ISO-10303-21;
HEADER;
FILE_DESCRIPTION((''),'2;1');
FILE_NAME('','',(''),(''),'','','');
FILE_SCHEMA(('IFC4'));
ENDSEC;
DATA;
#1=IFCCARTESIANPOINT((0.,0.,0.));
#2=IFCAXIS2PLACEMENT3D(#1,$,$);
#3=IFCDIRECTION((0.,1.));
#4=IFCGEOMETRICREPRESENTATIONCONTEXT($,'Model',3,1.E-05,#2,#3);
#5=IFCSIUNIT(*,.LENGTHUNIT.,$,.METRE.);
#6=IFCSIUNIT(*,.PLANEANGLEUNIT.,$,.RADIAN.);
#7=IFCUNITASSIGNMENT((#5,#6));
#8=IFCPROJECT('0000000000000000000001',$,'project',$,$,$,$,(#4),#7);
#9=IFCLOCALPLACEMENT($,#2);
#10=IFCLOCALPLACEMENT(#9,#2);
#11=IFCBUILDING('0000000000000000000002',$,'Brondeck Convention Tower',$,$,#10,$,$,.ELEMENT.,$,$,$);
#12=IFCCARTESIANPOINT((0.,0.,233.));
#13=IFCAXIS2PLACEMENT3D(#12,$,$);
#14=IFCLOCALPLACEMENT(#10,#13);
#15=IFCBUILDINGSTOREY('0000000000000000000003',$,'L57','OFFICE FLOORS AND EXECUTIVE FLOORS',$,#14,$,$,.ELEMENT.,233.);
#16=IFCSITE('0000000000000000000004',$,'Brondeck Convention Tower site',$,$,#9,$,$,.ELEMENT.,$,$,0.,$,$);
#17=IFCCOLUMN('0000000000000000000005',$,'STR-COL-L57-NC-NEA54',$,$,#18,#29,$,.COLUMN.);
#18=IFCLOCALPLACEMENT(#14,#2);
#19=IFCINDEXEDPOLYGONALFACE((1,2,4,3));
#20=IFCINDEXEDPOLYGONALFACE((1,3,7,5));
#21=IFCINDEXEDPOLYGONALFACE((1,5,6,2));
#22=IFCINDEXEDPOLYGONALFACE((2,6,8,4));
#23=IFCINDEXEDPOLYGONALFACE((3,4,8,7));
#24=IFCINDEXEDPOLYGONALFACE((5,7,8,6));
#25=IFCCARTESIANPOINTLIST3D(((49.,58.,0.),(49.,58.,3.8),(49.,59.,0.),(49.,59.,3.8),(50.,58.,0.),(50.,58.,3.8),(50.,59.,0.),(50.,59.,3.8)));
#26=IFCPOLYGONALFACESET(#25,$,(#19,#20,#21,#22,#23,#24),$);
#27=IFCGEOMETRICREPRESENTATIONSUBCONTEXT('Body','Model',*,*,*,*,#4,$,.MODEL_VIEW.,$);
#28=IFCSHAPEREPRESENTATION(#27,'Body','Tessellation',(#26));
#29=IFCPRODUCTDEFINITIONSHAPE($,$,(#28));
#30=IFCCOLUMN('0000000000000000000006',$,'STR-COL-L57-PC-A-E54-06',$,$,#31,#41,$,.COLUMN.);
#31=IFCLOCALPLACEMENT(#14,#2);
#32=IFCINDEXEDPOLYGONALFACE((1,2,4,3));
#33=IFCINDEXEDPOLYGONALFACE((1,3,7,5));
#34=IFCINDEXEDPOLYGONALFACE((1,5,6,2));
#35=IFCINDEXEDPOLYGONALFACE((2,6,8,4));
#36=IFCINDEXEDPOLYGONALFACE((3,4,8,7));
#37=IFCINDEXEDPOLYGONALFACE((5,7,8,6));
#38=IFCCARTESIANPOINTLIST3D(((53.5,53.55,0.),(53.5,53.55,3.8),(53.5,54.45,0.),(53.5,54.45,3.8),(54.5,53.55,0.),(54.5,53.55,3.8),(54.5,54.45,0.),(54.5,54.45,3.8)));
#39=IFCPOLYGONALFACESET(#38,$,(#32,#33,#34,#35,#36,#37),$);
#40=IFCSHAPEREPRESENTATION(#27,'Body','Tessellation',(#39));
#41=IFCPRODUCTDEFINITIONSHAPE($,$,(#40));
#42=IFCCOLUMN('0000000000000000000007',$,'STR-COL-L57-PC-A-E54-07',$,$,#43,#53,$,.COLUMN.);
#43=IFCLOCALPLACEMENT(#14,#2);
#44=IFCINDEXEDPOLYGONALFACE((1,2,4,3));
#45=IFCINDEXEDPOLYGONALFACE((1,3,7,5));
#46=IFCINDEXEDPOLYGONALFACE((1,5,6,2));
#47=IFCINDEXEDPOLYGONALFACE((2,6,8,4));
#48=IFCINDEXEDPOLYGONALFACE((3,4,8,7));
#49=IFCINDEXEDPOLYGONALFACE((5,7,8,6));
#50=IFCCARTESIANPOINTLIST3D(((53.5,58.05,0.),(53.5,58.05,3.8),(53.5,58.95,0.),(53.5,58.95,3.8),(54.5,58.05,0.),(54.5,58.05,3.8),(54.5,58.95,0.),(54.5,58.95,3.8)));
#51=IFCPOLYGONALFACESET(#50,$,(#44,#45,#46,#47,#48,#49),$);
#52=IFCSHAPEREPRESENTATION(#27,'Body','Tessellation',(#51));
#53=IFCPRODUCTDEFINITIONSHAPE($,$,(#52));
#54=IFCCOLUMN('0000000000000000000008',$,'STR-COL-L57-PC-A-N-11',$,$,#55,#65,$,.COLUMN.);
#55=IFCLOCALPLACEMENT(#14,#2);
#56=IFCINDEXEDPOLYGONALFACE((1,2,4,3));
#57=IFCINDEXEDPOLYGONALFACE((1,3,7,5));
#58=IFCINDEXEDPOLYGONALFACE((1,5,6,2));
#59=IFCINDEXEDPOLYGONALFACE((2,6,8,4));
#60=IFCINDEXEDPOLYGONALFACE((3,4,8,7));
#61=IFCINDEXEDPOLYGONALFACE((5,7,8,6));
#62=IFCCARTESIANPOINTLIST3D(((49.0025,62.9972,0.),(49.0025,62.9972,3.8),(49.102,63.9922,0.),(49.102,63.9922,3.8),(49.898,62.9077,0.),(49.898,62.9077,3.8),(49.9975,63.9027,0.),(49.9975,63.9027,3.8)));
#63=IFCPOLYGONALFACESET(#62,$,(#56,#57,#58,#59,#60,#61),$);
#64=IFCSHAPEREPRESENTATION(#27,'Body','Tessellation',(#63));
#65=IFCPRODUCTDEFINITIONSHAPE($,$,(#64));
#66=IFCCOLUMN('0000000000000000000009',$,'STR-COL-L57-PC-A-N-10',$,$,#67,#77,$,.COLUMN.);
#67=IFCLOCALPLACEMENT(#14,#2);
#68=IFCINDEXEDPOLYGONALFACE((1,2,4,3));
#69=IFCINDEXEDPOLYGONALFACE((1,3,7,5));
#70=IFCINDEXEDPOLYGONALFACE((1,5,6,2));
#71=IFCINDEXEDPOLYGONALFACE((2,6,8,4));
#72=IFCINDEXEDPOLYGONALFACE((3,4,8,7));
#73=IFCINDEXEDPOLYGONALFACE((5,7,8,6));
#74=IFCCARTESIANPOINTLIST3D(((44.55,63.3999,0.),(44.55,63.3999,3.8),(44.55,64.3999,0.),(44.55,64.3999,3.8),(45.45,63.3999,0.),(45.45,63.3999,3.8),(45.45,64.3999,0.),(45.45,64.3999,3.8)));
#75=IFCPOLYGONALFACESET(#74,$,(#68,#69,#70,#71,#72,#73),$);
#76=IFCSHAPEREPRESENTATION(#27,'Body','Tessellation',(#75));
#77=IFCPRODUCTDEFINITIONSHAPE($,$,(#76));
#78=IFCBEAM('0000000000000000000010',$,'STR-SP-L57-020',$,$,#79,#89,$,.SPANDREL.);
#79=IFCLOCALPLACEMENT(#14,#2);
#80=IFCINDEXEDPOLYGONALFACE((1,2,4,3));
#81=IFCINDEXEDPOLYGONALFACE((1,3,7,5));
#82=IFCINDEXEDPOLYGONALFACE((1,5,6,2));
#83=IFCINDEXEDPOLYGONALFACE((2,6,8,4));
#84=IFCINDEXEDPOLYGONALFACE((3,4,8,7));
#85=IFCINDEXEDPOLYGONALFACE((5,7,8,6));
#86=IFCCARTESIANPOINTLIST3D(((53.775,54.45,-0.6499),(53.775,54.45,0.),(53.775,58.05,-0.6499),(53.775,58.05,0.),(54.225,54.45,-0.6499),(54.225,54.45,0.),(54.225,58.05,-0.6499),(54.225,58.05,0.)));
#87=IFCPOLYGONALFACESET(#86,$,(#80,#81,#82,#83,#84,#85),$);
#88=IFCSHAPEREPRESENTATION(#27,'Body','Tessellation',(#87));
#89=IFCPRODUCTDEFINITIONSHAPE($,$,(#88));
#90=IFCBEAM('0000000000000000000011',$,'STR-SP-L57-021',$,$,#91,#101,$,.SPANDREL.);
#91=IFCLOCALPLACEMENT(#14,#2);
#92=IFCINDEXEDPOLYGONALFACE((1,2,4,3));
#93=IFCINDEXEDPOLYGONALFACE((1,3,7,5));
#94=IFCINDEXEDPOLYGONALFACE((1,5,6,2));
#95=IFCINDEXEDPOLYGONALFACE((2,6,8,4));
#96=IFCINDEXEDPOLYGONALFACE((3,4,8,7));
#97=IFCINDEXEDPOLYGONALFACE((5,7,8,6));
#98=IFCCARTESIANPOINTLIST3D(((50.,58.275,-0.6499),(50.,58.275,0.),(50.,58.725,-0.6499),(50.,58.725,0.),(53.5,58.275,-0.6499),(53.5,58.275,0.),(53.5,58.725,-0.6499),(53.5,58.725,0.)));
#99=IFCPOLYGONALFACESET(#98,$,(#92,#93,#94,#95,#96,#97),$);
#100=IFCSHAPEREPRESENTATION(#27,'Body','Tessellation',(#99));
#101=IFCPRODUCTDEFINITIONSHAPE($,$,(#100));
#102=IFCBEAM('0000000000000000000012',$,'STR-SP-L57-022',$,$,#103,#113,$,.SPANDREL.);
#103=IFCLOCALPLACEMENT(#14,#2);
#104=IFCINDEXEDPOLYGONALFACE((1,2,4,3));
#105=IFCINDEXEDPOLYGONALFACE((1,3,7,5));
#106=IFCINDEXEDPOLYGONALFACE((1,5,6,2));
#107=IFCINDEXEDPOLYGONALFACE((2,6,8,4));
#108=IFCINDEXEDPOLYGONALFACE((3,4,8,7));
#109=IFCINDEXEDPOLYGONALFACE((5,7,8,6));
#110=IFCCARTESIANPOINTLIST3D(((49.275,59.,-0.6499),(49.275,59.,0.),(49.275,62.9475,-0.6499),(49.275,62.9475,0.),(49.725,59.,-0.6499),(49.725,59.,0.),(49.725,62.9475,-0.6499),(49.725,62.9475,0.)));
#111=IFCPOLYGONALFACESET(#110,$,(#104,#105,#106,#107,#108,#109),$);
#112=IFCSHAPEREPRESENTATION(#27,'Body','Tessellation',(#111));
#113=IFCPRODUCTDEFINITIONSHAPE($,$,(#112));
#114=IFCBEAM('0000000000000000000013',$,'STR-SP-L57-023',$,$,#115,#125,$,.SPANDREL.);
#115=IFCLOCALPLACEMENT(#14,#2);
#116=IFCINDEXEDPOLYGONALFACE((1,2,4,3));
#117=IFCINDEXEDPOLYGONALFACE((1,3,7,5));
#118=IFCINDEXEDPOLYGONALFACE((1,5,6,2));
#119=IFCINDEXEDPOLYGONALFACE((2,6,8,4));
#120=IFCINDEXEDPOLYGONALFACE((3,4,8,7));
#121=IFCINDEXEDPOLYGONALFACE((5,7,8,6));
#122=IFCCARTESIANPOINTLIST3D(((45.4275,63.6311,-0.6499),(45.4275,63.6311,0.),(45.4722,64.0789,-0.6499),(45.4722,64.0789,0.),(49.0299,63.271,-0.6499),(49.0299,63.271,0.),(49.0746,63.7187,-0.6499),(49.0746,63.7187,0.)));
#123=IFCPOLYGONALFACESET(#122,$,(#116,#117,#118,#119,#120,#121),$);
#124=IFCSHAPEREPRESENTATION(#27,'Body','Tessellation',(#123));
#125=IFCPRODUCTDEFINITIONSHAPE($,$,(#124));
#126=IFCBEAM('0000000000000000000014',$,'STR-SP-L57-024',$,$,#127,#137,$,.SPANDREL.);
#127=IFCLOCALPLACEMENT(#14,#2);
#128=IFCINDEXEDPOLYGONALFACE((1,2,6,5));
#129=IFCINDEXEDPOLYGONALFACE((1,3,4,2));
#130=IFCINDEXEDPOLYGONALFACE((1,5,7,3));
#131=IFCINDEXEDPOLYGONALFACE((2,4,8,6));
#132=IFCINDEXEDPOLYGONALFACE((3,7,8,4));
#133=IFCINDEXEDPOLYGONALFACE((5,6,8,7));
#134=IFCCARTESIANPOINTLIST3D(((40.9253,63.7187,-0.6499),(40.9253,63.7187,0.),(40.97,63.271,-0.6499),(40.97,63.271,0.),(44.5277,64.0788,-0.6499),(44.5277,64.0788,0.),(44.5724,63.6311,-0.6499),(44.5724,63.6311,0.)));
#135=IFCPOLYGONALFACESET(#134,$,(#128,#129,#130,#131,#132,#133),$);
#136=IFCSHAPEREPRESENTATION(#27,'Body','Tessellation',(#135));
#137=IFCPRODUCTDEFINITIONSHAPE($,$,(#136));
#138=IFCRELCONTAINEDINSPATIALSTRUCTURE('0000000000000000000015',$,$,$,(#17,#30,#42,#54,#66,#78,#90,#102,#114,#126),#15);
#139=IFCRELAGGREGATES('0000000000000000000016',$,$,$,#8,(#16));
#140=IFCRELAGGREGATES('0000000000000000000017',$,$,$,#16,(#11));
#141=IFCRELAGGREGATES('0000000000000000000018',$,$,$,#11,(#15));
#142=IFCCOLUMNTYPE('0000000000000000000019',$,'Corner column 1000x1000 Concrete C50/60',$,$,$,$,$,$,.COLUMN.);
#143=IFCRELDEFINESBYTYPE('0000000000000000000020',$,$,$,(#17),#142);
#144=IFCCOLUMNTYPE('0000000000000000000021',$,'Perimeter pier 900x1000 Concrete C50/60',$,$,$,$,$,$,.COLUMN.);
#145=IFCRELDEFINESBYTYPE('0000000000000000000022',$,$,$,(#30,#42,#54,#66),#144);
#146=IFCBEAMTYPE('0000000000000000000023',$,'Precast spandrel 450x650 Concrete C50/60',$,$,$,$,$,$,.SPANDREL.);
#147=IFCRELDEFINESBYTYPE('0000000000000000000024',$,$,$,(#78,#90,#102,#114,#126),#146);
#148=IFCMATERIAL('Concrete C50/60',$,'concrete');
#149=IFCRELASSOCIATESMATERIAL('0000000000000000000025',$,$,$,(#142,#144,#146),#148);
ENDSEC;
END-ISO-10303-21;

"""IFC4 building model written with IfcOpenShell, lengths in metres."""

from ifc_helpers import new_model, si_unit, direction, frame, origin, origin_2d, place, context, subcontext, project, spatial, rectangle, extrude, material, material_profile, profile_set, type_object, element, save


model = new_model("IFC4")

# Units and contexts
model_context = context("Model", 3, precision=1e-05, world=origin(), true_north=direction((0.0, 1.0)))
body_context = subcontext(model_context, "Body", "Model", "MODEL_VIEW")
ifc_project = project(units=[si_unit("LENGTHUNIT", "METRE"), si_unit("PLANEANGLEUNIT", "RADIAN")], contexts=[model_context])

# Site, building, storey
site_placement = place(None, origin())
site = spatial("IfcSite", under=ifc_project, at=site_placement, Name="Brondeck Convention Tower site", CompositionType="ELEMENT", RefElevation=0.0)
building_placement = place(site_placement, origin())
building = spatial("IfcBuilding", under=site, at=building_placement, Name="Brondeck Convention Tower", CompositionType="ELEMENT")
storey_placement = place(building_placement, frame((0.0, 0.0, 233.0)))
storey = spatial("IfcBuildingStorey", under=building, at=storey_placement, Name="L57", Description="OFFICE FLOORS AND EXECUTIVE FLOORS", CompositionType="ELEMENT", Elevation=233.0)

# Columns
ifc_material_1 = material(Name="Concrete C50/60", Category="concrete")
ifc_material_profile_1 = material_profile(ifc_material_1, rectangle(XDim=1.0, YDim=1.0, at=origin_2d()), Name="Corner column 1000x1000 Concrete C50/60")
ifc_profile_set_1 = profile_set([ifc_material_profile_1], Name="Concrete C50/60")
column_type_1 = type_object("IfcColumnType", Name="Corner column 1000x1000 Concrete C50/60", PredefinedType="COLUMN", material=ifc_profile_set_1)
column_placement = place(storey_placement, frame((49.5, 58.5, 0.0), z_axis=(0.0, 0.0, 1.0), x_axis=(1.0, 0.0, 0.0)))
element("IfcColumn", 1, at=column_placement, inside=storey, type_object=column_type_1, Name="STR-COL-L57-NC-NEA54", PredefinedType="COLUMN", context=body_context, shape_type="SweptSolid", body=[
    extrude(rectangle(XDim=1.0, YDim=1.0, at=origin_2d()), origin(), (0.0, 0.0, 1.0), 3.8),
])
ifc_material_profile_2 = material_profile(ifc_material_1, rectangle(XDim=0.8999, YDim=1.0, at=origin_2d()), Name="Perimeter pier 900x1000 Concrete C50/60")
ifc_profile_set_2 = profile_set([ifc_material_profile_2], Name="Concrete C50/60")
column_type_2 = type_object("IfcColumnType", Name="Perimeter pier 900x1000 Concrete C50/60", PredefinedType="COLUMN", material=ifc_profile_set_2)
for number, where, z_axis, x_axis, name in (
    (2, (54.0, 54.0, 0.0), (0.0, 0.0, 1.0), (0.0, 1.0, 0.0), "STR-COL-L57-PC-A-E54-06"),
    (3, (54.0, 58.5, 0.0), (0.0, 0.0, 1.0), (0.0, 1.0, 0.0), "STR-COL-L57-PC-A-E54-07"),
    (4, (49.5, 63.45, 0.0), (0.0, 0.0, 1.0), (-0.995037, 0.099504, 0.0), "STR-COL-L57-PC-A-N-11"),
    (5, (45.0, 63.8999, 0.0), (0.0, 0.0, 1.0), (-1.0, 0.0, 0.0), "STR-COL-L57-PC-A-N-10"),
):
    element("IfcColumn", number, at=place(storey_placement, frame(where, z_axis=z_axis, x_axis=x_axis)), inside=storey, type_object=column_type_2, Name=name, PredefinedType="COLUMN", context=body_context, shape_type="SweptSolid", body=[
        extrude(rectangle(XDim=0.8999, YDim=1.0, at=origin_2d()), origin(), (0.0, 0.0, 1.0), 3.8),
    ])

# Beams
ifc_material_profile_3 = material_profile(ifc_material_1, rectangle(XDim=0.45, YDim=0.6499, at=origin_2d()), Name="Precast spandrel 450x650 Concrete C50/60")
ifc_profile_set_3 = profile_set([ifc_material_profile_3], Name="Concrete C50/60")
beam_type = type_object("IfcBeamType", Name="Precast spandrel 450x650 Concrete C50/60", PredefinedType="SPANDREL", material=ifc_profile_set_3)
beam_1_placement = place(storey_placement, frame((54.0, 54.45, -0.325), z_axis=(0.0, 1.0, 0.0), x_axis=(-1.0, 0.0, 0.0)))
element("IfcBeam", 6, at=beam_1_placement, inside=storey, type_object=beam_type, Name="STR-SP-L57-020", PredefinedType="SPANDREL", context=body_context, shape_type="SweptSolid", body=[
    extrude(rectangle(XDim=0.45, YDim=0.6499, at=origin_2d()), origin(), (0.0, 0.0, 1.0), 3.6001),
])
beam_2_placement = place(storey_placement, frame((53.5, 58.5, -0.325), z_axis=(-1.0, 0.0, 0.0), x_axis=(0.0, -1.0, 0.0)))
element("IfcBeam", 7, at=beam_2_placement, inside=storey, type_object=beam_type, Name="STR-SP-L57-021", PredefinedType="SPANDREL", context=body_context, shape_type="SweptSolid", body=[
    extrude(rectangle(XDim=0.45, YDim=0.6499, at=origin_2d()), origin(), (0.0, 0.0, 1.0), 3.5),
])
beam_3_placement = place(storey_placement, frame((49.5, 59.0, -0.325), z_axis=(0.0, 1.0, 0.0), x_axis=(-1.0, 0.0, 0.0)))
element("IfcBeam", 8, at=beam_3_placement, inside=storey, type_object=beam_type, Name="STR-SP-L57-022", PredefinedType="SPANDREL", context=body_context, shape_type="SweptSolid", body=[
    extrude(rectangle(XDim=0.45, YDim=0.6499, at=origin_2d()), origin(), (0.0, 0.0, 1.0), 3.9475),
])
for number, where, z_axis, x_axis, name in (
    (9, (49.0522, 63.4949, -0.325), (-0.995041, 0.09947, 0.0), (-0.09947, -0.995041, 0.0), "STR-SP-L57-023"),
    (10, (44.55, 63.855, -0.325), (-0.995041, -0.09947, 0.0), (0.09947, -0.995041, 0.0), "STR-SP-L57-024"),
):
    element("IfcBeam", number, at=place(storey_placement, frame(where, z_axis=z_axis, x_axis=x_axis)), inside=storey, type_object=beam_type, Name=name, PredefinedType="SPANDREL", context=body_context, shape_type="SweptSolid", body=[
        extrude(rectangle(XDim=0.45, YDim=0.6499, at=origin_2d()), origin(), (0.0, 0.0, 1.0), 3.6204),
    ])

save(model, "model.ifc")
